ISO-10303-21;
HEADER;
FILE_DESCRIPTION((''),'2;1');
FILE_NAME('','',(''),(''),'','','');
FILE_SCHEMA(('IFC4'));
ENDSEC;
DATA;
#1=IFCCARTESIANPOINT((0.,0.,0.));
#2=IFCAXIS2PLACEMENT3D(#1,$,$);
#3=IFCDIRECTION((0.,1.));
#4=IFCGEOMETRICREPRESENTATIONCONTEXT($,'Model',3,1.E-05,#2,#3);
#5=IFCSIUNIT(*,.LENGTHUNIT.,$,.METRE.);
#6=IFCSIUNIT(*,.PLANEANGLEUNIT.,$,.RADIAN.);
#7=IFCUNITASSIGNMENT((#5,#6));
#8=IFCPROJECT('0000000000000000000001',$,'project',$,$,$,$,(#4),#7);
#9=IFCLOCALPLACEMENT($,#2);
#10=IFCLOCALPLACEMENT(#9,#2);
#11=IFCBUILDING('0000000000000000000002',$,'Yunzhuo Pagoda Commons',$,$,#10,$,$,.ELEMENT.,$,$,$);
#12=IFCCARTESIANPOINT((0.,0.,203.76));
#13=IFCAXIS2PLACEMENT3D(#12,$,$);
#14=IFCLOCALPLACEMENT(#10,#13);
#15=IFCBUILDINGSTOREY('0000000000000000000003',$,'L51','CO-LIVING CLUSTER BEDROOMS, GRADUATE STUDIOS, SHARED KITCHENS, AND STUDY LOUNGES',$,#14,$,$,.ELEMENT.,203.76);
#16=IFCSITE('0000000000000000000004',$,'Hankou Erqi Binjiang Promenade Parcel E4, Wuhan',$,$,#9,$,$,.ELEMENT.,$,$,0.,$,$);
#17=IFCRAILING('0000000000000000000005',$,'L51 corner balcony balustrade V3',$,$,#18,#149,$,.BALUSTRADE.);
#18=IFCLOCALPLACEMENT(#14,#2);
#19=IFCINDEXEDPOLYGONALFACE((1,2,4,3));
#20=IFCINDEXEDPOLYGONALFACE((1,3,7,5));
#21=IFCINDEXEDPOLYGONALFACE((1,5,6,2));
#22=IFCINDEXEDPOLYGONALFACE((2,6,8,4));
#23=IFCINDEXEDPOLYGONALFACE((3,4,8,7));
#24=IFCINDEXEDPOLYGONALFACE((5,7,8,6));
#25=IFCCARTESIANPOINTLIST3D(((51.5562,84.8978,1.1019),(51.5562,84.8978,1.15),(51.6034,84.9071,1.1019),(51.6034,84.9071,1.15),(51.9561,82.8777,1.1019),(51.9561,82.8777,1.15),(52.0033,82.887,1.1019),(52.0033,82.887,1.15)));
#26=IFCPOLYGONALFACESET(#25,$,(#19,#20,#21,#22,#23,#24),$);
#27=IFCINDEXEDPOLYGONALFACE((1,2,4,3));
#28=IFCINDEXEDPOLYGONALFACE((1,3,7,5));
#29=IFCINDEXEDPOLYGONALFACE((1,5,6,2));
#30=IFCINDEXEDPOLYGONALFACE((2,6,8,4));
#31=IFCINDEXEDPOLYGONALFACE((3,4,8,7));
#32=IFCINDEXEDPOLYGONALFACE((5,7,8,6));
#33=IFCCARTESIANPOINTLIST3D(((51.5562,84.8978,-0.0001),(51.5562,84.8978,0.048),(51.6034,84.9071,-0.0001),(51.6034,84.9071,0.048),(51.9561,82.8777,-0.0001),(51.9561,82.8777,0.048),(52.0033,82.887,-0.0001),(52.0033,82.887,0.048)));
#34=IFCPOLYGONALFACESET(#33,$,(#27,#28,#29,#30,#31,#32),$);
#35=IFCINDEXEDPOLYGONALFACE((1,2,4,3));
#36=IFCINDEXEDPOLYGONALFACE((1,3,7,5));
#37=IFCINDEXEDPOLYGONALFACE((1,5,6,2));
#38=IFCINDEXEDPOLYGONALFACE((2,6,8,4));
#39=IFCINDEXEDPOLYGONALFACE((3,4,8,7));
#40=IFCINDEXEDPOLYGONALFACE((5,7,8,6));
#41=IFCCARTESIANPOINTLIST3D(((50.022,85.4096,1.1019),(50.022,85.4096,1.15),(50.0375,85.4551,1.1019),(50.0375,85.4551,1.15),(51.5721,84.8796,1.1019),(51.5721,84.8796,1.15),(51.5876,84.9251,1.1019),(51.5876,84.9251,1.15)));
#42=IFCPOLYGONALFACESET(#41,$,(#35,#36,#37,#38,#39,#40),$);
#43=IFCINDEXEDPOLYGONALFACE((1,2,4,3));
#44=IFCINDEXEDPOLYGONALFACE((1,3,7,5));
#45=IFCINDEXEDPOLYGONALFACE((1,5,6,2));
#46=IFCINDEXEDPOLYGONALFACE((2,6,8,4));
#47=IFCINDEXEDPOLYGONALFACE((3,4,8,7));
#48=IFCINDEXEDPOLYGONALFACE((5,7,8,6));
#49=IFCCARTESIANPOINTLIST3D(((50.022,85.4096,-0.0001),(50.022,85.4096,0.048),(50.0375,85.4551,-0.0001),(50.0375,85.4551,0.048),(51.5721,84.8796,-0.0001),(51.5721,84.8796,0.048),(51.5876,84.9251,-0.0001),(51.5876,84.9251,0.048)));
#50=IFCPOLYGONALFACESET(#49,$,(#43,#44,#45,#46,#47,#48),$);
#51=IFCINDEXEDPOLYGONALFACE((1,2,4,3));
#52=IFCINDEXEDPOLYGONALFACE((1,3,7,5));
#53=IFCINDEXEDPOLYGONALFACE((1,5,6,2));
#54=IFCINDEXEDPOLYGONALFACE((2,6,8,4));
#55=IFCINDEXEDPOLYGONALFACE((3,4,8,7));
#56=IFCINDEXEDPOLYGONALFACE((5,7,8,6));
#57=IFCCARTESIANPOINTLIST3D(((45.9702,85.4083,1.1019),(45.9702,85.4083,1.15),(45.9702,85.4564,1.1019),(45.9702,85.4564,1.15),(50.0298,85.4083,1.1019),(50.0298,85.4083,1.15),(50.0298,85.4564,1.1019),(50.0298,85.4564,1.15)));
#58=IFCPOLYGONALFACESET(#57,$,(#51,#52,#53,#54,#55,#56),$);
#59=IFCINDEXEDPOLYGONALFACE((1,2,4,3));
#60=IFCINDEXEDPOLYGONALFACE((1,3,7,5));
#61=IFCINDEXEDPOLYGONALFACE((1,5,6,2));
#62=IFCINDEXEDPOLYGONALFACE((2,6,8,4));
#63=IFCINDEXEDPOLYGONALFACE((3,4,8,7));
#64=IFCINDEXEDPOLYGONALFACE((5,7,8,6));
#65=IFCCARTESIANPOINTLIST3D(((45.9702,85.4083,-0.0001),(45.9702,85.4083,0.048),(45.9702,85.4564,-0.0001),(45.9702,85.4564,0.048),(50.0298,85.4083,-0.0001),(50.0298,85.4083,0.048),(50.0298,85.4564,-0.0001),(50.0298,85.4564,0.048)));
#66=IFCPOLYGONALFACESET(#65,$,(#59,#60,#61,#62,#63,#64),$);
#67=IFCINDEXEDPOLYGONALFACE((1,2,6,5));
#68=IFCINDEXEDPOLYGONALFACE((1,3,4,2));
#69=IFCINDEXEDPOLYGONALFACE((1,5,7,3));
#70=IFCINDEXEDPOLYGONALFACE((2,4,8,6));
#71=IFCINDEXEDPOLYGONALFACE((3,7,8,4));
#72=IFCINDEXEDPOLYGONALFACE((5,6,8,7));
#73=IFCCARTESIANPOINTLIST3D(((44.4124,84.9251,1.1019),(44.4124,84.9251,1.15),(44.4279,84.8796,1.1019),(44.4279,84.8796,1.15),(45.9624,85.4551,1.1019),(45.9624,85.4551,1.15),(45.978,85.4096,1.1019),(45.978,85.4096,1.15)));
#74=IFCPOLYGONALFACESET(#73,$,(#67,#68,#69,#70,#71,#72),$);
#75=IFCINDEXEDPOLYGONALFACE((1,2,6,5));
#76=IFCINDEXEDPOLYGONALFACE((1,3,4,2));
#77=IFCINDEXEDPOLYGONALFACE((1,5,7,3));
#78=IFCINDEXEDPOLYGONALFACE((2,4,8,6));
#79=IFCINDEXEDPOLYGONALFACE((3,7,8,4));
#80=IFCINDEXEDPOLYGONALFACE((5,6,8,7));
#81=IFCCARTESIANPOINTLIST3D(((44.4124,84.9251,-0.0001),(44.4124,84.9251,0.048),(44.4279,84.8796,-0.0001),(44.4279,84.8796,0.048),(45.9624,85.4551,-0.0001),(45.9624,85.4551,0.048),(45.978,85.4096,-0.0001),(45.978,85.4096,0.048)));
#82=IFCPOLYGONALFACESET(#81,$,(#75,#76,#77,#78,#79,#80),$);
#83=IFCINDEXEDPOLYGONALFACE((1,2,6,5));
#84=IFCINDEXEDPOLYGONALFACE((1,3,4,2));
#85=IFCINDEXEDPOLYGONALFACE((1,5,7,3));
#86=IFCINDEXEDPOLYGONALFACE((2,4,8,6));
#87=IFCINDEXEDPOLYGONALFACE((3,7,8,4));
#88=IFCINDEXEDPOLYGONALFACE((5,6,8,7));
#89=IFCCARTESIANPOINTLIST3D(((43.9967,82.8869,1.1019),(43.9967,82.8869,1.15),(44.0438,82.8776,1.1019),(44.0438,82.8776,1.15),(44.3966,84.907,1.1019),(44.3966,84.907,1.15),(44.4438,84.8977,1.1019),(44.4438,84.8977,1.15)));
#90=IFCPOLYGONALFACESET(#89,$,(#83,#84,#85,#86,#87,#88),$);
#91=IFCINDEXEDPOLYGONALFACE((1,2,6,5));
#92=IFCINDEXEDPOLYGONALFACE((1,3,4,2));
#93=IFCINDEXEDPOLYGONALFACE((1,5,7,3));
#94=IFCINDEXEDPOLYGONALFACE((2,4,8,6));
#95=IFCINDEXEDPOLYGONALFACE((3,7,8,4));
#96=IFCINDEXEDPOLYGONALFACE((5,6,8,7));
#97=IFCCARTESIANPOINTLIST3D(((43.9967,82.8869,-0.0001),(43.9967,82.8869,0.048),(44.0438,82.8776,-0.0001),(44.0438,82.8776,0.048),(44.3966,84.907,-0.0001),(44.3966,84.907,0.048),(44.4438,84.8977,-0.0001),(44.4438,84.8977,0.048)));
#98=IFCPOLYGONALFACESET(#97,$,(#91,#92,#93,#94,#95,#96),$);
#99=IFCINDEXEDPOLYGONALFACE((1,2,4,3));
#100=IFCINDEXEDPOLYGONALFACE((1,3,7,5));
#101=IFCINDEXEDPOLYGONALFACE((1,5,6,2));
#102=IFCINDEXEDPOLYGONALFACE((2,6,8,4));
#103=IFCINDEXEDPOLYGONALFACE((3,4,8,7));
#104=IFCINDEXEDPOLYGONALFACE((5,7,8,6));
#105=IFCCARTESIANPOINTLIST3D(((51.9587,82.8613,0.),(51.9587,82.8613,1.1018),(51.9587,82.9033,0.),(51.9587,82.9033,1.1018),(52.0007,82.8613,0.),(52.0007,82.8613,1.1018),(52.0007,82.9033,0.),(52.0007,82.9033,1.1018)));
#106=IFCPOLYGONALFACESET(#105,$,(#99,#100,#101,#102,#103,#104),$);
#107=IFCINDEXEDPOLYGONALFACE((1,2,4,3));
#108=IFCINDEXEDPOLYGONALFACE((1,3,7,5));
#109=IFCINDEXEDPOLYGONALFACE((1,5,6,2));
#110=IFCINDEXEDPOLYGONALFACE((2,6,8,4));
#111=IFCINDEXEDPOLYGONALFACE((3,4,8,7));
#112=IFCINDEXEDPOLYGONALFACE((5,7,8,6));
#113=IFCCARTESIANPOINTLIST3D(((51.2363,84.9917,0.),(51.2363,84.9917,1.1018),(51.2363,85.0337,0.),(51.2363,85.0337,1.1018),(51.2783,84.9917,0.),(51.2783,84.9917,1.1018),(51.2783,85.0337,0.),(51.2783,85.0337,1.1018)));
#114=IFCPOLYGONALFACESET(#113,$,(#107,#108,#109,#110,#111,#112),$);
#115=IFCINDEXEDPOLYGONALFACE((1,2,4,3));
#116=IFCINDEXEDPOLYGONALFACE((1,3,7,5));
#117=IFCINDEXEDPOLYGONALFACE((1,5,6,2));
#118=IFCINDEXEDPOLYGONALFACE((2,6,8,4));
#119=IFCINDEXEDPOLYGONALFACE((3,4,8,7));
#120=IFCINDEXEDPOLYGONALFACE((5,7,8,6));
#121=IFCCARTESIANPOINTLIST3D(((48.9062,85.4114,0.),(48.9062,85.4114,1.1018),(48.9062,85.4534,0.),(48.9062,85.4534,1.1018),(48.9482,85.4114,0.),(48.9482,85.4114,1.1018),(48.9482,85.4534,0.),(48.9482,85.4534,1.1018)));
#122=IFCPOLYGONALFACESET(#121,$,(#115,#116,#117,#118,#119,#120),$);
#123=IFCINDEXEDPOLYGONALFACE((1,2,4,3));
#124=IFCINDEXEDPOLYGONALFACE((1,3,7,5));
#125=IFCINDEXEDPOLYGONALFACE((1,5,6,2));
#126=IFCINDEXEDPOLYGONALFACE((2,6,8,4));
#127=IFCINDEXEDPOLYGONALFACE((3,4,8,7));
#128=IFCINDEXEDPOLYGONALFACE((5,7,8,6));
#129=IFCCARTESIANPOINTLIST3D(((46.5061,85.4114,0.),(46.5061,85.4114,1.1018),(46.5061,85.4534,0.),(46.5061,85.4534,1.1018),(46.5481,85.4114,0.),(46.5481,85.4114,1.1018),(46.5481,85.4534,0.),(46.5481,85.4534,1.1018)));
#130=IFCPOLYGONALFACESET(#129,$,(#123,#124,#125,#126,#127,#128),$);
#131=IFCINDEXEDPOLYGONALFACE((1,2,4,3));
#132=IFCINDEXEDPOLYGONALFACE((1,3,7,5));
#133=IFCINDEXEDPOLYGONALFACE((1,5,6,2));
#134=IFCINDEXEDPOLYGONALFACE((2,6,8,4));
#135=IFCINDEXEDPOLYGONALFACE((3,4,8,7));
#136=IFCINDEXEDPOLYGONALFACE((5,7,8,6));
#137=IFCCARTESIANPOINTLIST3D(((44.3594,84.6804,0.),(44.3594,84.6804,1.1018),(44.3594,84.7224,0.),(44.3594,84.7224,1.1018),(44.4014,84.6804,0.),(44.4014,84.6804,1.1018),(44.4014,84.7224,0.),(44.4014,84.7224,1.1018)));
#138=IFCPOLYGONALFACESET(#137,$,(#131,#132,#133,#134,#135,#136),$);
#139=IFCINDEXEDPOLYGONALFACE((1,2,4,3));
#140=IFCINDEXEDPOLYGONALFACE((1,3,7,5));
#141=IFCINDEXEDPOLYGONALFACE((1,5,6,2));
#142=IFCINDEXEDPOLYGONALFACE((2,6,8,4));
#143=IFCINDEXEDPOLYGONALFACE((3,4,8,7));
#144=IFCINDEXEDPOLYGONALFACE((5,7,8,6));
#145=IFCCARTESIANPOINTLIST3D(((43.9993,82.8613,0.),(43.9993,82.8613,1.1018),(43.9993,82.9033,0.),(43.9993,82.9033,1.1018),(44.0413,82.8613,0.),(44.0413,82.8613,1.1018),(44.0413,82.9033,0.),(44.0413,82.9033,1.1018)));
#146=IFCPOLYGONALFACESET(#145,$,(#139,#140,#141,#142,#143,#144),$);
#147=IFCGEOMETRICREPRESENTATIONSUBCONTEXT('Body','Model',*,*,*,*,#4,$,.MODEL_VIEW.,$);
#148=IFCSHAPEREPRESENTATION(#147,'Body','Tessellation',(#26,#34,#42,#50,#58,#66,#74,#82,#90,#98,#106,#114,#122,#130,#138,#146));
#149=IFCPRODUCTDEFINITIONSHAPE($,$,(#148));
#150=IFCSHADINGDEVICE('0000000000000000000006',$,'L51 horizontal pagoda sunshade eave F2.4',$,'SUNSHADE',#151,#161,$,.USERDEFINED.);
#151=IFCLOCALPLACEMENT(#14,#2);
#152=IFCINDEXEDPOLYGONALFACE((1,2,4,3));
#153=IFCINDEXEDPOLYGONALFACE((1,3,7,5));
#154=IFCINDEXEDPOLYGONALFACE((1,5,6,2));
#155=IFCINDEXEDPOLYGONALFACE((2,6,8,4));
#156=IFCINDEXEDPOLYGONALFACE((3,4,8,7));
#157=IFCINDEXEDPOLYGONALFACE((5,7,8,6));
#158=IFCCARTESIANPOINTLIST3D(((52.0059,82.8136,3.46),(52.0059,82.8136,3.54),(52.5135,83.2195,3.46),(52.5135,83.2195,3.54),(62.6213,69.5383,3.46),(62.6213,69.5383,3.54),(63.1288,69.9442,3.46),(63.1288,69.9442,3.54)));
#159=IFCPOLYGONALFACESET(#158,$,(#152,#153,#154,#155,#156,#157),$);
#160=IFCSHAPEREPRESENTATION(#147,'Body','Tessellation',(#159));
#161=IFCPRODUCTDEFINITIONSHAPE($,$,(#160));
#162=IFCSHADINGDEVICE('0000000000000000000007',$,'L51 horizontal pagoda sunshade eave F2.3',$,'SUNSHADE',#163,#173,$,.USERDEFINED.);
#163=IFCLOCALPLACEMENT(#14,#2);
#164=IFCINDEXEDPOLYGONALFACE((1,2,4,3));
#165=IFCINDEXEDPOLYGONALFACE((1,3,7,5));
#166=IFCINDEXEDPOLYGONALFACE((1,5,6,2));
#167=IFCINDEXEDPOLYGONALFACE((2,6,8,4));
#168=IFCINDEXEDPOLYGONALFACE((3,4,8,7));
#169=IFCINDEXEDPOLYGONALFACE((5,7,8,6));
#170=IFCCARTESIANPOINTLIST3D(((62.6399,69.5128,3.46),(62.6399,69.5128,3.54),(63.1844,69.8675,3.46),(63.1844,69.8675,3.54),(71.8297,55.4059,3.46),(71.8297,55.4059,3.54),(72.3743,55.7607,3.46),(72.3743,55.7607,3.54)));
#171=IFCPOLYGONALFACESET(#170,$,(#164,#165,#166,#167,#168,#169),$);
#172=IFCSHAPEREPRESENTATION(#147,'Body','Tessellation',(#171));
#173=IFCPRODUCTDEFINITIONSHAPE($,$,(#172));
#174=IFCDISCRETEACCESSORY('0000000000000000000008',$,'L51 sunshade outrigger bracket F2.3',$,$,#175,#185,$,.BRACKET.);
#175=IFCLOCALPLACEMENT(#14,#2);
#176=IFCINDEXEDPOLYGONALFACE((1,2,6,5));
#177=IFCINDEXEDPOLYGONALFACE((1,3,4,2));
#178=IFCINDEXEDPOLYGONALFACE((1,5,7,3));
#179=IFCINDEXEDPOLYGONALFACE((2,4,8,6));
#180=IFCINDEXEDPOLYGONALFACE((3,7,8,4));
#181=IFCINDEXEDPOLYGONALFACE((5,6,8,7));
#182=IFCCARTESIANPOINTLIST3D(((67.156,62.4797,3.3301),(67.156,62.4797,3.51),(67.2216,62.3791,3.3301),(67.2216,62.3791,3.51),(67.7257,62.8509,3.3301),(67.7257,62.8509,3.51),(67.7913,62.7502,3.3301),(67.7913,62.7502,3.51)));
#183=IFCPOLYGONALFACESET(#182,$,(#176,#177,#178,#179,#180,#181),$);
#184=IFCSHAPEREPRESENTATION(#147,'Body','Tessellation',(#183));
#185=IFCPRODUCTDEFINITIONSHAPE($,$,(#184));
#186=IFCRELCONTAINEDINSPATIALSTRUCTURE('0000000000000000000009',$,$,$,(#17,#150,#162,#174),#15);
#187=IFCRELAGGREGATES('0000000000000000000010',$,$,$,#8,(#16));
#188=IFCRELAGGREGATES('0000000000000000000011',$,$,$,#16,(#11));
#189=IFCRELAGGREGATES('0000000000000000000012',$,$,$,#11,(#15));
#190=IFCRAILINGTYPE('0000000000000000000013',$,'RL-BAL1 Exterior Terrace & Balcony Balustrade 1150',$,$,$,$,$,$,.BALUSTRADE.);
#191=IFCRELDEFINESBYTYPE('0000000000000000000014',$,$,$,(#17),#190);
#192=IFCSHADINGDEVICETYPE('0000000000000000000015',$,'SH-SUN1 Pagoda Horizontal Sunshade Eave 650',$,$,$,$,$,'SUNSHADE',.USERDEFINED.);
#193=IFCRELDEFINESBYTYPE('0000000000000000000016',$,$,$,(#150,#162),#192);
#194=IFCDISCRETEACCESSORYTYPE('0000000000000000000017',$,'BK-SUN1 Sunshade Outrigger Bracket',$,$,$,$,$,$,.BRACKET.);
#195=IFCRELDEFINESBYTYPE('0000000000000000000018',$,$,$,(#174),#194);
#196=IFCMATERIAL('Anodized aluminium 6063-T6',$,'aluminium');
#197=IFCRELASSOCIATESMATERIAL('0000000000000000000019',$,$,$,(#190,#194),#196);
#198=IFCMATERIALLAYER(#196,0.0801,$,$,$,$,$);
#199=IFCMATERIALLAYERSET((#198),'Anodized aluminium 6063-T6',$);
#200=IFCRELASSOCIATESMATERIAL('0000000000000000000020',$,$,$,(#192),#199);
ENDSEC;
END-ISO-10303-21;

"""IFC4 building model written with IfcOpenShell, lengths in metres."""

from ifc_helpers import new_model, si_unit, direction, frame, origin, origin_2d, place, context, subcontext, project, spatial, rectangle, extrude, source, transform, mapped, material, layer, layer_set, type_object, element, save


model = new_model("IFC4")

# Units and contexts
model_context = context("Model", 3, precision=1e-05, world=origin(), true_north=direction((0.0, 1.0)))
body_context = subcontext(model_context, "Body", "Model", "MODEL_VIEW")
ifc_project = project(units=[si_unit("LENGTHUNIT", "METRE"), si_unit("PLANEANGLEUNIT", "RADIAN")], contexts=[model_context])

# Site, building, storey
site_placement = place(None, origin())
site = spatial("IfcSite", under=ifc_project, at=site_placement, Name="Hankou Erqi Binjiang Promenade Parcel E4, Wuhan", CompositionType="ELEMENT", RefElevation=0.0)
building_placement = place(site_placement, origin())
building = spatial("IfcBuilding", under=site, at=building_placement, Name="Yunzhuo Pagoda Commons", CompositionType="ELEMENT")
storey_placement = place(building_placement, frame((0.0, 0.0, 203.76)))
storey = spatial("IfcBuildingStorey", under=building, at=storey_placement, Name="L51", Description="CO-LIVING CLUSTER BEDROOMS, GRADUATE STUDIOS, SHARED KITCHENS, AND STUDY LOUNGES", CompositionType="ELEMENT", Elevation=203.76)

# Shared definitions
ifc_material_1 = material(Name="Anodized aluminium 6063-T6", Category="aluminium")

# Railing
railing_type_1 = type_object("IfcRailingType", Name="RL-BAL1 Exterior Terrace & Balcony Balustrade 1150", PredefinedType="BALUSTRADE", material=ifc_material_1)
railing_1_placement = place(storey_placement, frame((51.9797, 82.8823, 0.0)))
element("IfcRailing", 1, at=railing_1_placement, inside=storey, type_object=railing_type_1, Name="L51 corner balcony balustrade V3", PredefinedType="BALUSTRADE", context=body_context, shape_type="SweptSolid", body=[
    extrude(rectangle(XDim=0.0481, YDim=0.0481, at=origin_2d()), frame((0.0, 0.0, 1.126), z_axis=(-0.194201, 0.980962, 0.0), x_axis=(-0.980962, -0.194201, 0.0)), (0.0, 0.0, 1.0), 2.0593),
    extrude(rectangle(XDim=0.0481, YDim=0.0481, at=origin_2d()), frame((0.0, 0.0, 0.0239), z_axis=(-0.194201, 0.980962, 0.0), x_axis=(-0.980962, -0.194201, 0.0)), (0.0, 0.0, 1.0), 2.0593),
    extrude(rectangle(XDim=0.0481, YDim=0.0481, at=origin_2d()), frame((-0.3999, 2.02, 1.126), z_axis=(-0.946211, 0.323551, 0.0), x_axis=(-0.323551, -0.946211, 0.0)), (0.0, 0.0, 1.0), 1.6382),
    extrude(rectangle(XDim=0.0481, YDim=0.0481, at=origin_2d()), frame((-0.3999, 2.02, 0.0239), z_axis=(-0.946211, 0.323551, 0.0), x_axis=(-0.323551, -0.946211, 0.0)), (0.0, 0.0, 1.0), 1.6382),
    extrude(rectangle(XDim=0.0481, YDim=0.0481, at=origin_2d()), frame((-1.95, 2.55, 1.126), z_axis=(-1.0, 0.0, 0.0), x_axis=(0.0, -1.0, 0.0)), (0.0, 0.0, 1.0), 4.0596),
    extrude(rectangle(XDim=0.0481, YDim=0.0481, at=origin_2d()), frame((-1.95, 2.55, 0.0239), z_axis=(-1.0, 0.0, 0.0), x_axis=(0.0, -1.0, 0.0)), (0.0, 0.0, 1.0), 4.0596),
    extrude(rectangle(XDim=0.0481, YDim=0.0481, at=origin_2d()), frame((-6.0095, 2.55, 1.126), z_axis=(-0.946211, -0.323551, 0.0), x_axis=(0.323551, -0.946211, 0.0)), (0.0, 0.0, 1.0), 1.6382),
    extrude(rectangle(XDim=0.0481, YDim=0.0481, at=origin_2d()), frame((-6.0095, 2.55, 0.0239), z_axis=(-0.946211, -0.323551, 0.0), x_axis=(0.323551, -0.946211, 0.0)), (0.0, 0.0, 1.0), 1.6382),
    extrude(rectangle(XDim=0.0481, YDim=0.0481, at=origin_2d()), frame((-7.5596, 2.02, 1.126), z_axis=(-0.194201, -0.980962, 0.0), x_axis=(0.980962, -0.194201, 0.0)), (0.0, 0.0, 1.0), 2.0593),
    extrude(rectangle(XDim=0.0481, YDim=0.0481, at=origin_2d()), frame((-7.5596, 2.02, 0.0239), z_axis=(-0.194201, -0.980962, 0.0), x_axis=(0.980962, -0.194201, 0.0)), (0.0, 0.0, 1.0), 2.0593),
    extrude(rectangle(XDim=0.042, YDim=0.042, at=origin_2d()), origin(), (0.0, 0.0, 1.0), 1.1018),
    extrude(rectangle(XDim=0.042, YDim=0.042, at=origin_2d()), frame((-0.7224, 2.1304, 0.0)), (0.0, 0.0, 1.0), 1.1018),
    extrude(rectangle(XDim=0.042, YDim=0.042, at=origin_2d()), frame((-3.0525, 2.55, 0.0)), (0.0, 0.0, 1.0), 1.1018),
    extrude(rectangle(XDim=0.042, YDim=0.042, at=origin_2d()), frame((-5.4526, 2.55, 0.0)), (0.0, 0.0, 1.0), 1.1018),
    extrude(rectangle(XDim=0.042, YDim=0.042, at=origin_2d()), frame((-7.5994, 1.8191, 0.0)), (0.0, 0.0, 1.0), 1.1018),
    extrude(rectangle(XDim=0.042, YDim=0.042, at=origin_2d()), frame((-7.9595, 0.0, 0.0)), (0.0, 0.0, 1.0), 1.1018),
])

# Shading devices
ifc_layer_1 = layer(ifc_material_1, 0.0801)
ifc_layer_set_1 = layer_set([ifc_layer_1], Name="Anodized aluminium 6063-T6")
shading_device_type = type_object("IfcShadingDeviceType", Name="SH-SUN1 Pagoda Horizontal Sunshade Eave 650", ElementType="SUNSHADE", PredefinedType="USERDEFINED", material=ifc_layer_set_1)
shared_shape_1 = source(origin(), body_context, "Body", "SweptSolid", [
    extrude(rectangle(XDim=16.9976, YDim=0.6499, at=origin_2d()), origin(), (0.0, 0.0, 1.0), 0.0801),
])
shading_device_1_placement = place(storey_placement, frame((57.5674, 76.3789, 3.46), z_axis=(0.0, 0.0, 1.0), x_axis=(-0.62452, 0.781008, 0.0)))
element("IfcShadingDevice", 2, at=shading_device_1_placement, inside=storey, type_object=shading_device_type, Name="L51 horizontal pagoda sunshade eave F2.4", ObjectType="SUNSHADE", PredefinedType="USERDEFINED", context=body_context, shape_type="MappedRepresentation", body=[
    mapped(shared_shape_1, transform((0.0, 0.0, 0.0), scale=1.0)),
])
shared_shape_2 = source(origin(), body_context, "Body", "SweptSolid", [
    extrude(rectangle(XDim=16.8362, YDim=0.6499, at=origin_2d()), origin(), (0.0, 0.0, 1.0), 0.0801),
])
shading_device_2_placement = place(storey_placement, frame((67.5071, 62.6367, 3.46), z_axis=(0.0, 0.0, 1.0), x_axis=(-0.545839, 0.83789, 0.0)))
element("IfcShadingDevice", 3, at=shading_device_2_placement, inside=storey, type_object=shading_device_type, Name="L51 horizontal pagoda sunshade eave F2.3", ObjectType="SUNSHADE", PredefinedType="USERDEFINED", context=body_context, shape_type="MappedRepresentation", body=[
    mapped(shared_shape_2, transform((0.0, 0.0, 0.0), scale=1.0)),
])

# Discrete accessory
discrete_accessory_type = type_object("IfcDiscreteAccessoryType", Name="BK-SUN1 Sunshade Outrigger Bracket", PredefinedType="BRACKET", material=ifc_material_1)
shared_shape_3 = source(origin(), body_context, "Body", "SweptSolid", [
    extrude(rectangle(XDim=0.1201, YDim=0.6799, at=origin_2d()), origin(), (0.0, 0.0, 1.0), 0.1799),
])
discrete_accessory_placement = place(storey_placement, frame((67.4736, 62.615, 3.3301), z_axis=(0.0, 0.0, 1.0), x_axis=(-0.545839, 0.83789, 0.0)))
element("IfcDiscreteAccessory", 4, at=discrete_accessory_placement, inside=storey, type_object=discrete_accessory_type, Name="L51 sunshade outrigger bracket F2.3", PredefinedType="BRACKET", context=body_context, shape_type="MappedRepresentation", body=[
    mapped(shared_shape_3, transform((0.0, 0.0, 0.0), scale=1.0)),
])

save(model, "model.ifc")
